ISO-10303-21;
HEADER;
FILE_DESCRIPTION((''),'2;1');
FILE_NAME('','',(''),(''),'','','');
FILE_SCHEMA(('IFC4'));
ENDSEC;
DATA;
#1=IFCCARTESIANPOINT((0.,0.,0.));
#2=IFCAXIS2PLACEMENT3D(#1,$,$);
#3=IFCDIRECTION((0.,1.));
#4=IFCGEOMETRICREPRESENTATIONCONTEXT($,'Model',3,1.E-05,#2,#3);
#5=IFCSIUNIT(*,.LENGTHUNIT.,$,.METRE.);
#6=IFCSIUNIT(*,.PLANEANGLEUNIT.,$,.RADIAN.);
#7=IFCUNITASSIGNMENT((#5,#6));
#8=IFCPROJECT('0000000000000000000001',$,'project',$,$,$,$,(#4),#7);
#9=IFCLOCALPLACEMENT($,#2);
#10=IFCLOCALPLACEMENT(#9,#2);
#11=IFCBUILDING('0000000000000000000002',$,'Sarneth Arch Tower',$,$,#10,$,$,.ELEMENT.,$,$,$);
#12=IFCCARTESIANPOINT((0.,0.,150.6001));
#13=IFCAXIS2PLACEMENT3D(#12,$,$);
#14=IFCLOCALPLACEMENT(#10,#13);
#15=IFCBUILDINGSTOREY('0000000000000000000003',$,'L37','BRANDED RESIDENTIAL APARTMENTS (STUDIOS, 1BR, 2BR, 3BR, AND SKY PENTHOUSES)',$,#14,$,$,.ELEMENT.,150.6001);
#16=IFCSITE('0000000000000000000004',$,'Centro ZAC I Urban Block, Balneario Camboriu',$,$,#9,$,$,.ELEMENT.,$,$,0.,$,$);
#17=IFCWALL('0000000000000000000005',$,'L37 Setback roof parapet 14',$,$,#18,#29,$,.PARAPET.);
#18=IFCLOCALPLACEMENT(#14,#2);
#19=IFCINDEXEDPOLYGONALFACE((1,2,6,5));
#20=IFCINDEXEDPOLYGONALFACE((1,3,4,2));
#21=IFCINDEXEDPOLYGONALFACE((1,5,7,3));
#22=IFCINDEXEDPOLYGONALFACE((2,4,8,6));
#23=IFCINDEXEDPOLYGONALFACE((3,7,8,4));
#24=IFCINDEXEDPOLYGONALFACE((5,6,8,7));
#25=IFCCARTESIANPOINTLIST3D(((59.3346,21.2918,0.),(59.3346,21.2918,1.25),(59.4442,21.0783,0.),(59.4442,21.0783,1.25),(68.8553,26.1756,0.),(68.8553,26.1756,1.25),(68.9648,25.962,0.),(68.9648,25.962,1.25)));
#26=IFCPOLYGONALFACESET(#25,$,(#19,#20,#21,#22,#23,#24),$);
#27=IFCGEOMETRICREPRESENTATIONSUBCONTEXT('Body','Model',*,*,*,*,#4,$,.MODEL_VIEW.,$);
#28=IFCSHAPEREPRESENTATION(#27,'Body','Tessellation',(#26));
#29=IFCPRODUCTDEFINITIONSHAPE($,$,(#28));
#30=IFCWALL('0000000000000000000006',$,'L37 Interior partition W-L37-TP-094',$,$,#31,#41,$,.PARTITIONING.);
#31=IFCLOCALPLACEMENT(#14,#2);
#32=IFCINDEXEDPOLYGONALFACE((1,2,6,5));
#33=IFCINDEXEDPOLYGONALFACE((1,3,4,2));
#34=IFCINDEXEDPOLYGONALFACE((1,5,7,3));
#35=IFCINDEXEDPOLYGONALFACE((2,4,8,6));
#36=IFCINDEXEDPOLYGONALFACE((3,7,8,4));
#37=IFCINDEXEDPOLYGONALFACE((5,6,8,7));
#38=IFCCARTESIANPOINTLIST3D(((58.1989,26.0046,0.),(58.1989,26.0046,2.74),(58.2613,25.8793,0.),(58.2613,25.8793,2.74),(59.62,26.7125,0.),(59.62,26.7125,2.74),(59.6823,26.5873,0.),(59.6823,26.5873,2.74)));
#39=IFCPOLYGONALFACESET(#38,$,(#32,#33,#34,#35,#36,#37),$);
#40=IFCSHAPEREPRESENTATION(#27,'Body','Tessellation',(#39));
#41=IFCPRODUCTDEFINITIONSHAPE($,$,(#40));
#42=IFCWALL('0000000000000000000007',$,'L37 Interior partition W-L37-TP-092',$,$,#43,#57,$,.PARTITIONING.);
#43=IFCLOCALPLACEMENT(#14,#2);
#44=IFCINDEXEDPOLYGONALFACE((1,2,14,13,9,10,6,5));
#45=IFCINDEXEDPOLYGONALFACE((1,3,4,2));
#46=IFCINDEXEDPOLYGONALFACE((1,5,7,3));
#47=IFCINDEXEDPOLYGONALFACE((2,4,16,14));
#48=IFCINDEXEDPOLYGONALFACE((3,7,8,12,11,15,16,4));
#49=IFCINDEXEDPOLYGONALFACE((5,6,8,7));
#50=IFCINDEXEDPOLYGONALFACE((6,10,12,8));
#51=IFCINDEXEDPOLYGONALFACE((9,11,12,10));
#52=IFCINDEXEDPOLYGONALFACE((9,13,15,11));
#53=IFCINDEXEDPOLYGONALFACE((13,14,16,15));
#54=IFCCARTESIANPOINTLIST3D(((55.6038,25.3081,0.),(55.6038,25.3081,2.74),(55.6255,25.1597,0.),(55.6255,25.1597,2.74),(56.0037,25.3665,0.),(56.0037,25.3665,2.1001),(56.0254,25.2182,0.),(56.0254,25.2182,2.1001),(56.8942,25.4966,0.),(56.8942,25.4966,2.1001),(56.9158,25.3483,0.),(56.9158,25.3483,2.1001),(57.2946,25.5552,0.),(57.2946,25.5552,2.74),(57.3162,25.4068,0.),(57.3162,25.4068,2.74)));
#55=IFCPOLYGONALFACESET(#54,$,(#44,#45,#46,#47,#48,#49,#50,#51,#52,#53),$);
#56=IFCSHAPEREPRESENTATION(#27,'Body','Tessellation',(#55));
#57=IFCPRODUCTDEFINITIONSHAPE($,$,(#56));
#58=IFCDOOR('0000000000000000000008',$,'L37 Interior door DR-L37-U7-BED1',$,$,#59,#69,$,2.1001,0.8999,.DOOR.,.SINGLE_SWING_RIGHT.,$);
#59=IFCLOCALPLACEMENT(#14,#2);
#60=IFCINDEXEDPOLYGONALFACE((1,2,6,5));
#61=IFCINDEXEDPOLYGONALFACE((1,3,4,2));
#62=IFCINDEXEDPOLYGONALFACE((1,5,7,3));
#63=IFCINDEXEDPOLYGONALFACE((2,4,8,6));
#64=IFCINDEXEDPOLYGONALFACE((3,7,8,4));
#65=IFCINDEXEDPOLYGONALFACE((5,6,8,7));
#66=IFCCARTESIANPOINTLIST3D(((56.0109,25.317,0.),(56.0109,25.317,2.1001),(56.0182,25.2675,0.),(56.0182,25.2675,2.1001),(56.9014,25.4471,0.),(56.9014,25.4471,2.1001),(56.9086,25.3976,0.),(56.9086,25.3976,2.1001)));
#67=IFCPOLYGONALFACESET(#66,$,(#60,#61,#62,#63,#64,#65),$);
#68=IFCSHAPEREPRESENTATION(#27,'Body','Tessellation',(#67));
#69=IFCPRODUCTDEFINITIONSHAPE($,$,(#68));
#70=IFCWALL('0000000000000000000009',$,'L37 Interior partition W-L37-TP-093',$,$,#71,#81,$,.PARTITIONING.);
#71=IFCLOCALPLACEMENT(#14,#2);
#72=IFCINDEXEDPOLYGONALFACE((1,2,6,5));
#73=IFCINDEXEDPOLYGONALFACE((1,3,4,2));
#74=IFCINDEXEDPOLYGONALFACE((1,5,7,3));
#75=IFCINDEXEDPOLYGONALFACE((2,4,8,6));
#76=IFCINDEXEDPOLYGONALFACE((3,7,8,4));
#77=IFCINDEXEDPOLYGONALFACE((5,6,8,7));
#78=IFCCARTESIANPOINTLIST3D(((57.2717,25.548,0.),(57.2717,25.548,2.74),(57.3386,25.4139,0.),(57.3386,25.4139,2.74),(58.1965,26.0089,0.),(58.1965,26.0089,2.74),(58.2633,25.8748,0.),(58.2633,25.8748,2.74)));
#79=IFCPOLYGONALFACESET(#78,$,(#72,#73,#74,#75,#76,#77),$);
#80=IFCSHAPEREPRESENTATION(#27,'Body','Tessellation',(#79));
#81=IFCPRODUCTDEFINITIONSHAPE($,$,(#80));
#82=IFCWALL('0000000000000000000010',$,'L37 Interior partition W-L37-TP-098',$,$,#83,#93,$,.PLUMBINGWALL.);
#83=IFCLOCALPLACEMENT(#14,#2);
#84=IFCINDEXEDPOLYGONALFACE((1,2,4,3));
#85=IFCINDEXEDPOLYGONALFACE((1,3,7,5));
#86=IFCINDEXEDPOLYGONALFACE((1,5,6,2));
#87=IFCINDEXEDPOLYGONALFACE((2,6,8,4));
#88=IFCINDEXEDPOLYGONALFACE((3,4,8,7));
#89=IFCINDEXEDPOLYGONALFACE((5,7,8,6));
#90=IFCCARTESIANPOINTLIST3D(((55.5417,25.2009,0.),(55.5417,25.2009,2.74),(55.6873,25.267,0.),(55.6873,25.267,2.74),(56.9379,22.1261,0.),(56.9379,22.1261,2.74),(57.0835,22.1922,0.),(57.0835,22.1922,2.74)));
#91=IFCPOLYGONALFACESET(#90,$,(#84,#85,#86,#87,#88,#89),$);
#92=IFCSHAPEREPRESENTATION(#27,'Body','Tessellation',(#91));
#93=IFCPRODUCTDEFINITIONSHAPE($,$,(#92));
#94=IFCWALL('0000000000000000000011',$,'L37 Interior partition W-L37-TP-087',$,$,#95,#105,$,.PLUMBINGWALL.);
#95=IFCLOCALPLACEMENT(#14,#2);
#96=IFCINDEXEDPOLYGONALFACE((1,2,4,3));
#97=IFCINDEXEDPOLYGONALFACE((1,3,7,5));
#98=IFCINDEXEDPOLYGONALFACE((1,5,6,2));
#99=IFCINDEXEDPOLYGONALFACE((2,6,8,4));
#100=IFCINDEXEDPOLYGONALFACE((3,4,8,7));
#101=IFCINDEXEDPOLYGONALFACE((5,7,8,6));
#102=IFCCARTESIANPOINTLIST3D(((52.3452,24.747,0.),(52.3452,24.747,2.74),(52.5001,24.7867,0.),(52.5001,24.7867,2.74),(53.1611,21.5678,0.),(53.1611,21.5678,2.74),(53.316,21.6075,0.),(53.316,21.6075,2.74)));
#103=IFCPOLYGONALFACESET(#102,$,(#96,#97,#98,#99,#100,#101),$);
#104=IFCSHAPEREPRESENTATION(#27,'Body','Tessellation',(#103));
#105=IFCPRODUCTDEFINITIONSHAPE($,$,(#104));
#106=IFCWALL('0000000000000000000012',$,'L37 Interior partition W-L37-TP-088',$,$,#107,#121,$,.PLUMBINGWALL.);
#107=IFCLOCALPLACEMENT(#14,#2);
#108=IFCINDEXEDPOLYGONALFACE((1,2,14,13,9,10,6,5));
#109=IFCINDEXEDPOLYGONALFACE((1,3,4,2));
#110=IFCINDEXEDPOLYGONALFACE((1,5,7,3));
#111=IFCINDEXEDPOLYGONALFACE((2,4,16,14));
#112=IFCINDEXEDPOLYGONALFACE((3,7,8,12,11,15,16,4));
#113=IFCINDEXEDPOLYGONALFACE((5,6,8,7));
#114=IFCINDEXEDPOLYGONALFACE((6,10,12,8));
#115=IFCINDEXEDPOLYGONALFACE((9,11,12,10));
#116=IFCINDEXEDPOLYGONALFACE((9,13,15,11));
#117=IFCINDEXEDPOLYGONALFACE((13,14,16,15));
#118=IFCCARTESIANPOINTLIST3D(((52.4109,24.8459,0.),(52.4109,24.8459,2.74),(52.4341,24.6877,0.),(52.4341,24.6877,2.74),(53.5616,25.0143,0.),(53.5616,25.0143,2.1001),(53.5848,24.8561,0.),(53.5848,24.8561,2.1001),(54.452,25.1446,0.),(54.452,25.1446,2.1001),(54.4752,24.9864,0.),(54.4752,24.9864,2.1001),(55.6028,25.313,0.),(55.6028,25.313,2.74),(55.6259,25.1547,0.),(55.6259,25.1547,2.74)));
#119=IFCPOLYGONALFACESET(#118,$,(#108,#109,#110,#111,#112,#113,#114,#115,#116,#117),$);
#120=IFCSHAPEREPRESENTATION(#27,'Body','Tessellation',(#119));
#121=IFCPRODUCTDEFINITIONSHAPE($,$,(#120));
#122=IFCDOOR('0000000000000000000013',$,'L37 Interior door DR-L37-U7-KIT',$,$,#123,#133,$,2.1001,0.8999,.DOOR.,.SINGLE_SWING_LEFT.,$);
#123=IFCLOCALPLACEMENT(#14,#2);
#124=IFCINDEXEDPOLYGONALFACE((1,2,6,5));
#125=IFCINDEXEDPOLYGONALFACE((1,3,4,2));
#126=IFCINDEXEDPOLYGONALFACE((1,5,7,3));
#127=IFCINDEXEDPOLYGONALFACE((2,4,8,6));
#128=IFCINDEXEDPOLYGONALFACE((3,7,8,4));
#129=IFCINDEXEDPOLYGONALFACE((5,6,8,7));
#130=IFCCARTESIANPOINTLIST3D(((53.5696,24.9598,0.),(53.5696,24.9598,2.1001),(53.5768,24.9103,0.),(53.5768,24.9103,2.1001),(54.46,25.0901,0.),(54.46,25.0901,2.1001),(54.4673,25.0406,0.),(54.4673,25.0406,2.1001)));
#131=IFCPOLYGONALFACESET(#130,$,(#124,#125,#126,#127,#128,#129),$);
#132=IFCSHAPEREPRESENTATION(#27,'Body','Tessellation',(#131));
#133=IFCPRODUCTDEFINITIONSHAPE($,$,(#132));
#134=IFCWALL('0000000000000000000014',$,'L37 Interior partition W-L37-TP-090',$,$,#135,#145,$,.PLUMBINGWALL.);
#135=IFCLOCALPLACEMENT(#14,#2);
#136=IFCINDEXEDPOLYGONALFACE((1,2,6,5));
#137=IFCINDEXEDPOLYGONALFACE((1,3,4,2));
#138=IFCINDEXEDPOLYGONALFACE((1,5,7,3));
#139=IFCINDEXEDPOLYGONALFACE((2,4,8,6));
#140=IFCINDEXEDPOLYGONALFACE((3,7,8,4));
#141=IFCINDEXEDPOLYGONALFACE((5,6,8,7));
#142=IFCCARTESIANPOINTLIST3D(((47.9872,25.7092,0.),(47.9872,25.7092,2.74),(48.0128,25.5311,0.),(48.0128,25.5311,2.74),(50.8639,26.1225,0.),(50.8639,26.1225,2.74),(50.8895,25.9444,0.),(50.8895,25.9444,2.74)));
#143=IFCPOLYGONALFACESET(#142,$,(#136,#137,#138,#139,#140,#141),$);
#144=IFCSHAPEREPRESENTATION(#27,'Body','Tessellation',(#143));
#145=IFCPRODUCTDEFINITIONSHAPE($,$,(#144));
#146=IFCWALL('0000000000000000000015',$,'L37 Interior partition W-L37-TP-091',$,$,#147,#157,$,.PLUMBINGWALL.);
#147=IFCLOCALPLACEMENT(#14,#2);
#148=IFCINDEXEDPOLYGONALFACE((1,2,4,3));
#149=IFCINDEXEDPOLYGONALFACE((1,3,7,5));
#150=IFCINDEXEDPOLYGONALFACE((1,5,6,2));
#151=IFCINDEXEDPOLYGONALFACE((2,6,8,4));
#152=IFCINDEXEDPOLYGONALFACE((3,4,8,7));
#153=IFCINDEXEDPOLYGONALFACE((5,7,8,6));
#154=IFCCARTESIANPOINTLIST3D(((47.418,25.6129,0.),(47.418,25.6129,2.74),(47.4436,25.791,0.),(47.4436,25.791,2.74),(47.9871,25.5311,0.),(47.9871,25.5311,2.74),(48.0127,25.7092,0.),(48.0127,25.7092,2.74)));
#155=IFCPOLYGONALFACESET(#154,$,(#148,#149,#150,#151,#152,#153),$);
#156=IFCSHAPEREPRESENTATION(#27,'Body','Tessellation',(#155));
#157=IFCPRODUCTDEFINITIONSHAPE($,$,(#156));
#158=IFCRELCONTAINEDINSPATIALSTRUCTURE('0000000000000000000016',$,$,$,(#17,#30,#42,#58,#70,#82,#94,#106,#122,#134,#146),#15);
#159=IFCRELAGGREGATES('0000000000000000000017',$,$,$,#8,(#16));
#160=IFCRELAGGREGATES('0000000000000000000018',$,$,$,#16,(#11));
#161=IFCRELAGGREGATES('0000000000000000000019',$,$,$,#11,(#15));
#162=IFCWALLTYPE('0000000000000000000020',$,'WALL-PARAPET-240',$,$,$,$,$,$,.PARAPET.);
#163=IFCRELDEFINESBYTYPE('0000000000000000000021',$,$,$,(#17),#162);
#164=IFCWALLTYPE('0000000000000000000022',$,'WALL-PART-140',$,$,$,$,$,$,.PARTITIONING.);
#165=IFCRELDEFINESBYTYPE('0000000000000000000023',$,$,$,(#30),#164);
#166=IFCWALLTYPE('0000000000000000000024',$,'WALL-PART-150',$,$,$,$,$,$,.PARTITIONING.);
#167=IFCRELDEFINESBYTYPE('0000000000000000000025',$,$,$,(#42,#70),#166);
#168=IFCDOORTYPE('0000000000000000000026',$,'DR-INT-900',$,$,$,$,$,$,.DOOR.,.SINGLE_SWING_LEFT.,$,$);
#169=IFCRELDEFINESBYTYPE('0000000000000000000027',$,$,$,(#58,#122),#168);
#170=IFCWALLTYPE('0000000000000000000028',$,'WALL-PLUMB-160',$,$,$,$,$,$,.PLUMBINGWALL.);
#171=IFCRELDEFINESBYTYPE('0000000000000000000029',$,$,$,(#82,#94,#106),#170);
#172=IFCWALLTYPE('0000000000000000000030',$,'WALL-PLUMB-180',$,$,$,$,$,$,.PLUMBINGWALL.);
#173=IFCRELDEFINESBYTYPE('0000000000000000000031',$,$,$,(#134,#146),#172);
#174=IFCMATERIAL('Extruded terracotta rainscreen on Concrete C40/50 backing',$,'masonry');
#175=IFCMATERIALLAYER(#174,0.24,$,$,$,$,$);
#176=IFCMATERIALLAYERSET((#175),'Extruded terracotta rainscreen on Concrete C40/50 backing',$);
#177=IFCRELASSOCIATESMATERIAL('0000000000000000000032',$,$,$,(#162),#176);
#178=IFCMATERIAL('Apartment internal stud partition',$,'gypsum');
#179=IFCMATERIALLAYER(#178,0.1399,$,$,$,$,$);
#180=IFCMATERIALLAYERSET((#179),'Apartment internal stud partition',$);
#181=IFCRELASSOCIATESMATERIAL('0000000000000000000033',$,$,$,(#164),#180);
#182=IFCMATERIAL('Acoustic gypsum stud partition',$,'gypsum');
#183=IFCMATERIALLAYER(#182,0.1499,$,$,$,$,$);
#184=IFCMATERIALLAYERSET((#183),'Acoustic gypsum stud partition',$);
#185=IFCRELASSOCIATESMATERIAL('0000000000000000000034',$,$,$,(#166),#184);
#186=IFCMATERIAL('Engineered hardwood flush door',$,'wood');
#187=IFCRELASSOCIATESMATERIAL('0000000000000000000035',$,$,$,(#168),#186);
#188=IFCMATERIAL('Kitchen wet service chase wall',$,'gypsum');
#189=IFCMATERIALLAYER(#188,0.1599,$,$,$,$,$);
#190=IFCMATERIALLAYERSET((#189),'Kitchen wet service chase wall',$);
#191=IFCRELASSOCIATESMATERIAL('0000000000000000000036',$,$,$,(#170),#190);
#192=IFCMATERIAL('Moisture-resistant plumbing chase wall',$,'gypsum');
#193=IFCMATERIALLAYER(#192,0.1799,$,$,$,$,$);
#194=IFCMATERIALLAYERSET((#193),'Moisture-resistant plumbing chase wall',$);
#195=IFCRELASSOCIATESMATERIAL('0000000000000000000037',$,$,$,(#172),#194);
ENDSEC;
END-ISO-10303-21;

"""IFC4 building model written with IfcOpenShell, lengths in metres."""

from ifc_helpers import new_model, si_unit, direction, frame, frame_2d, origin, place, context, subcontext, project, spatial, rectangle, extrude, material, layer, layer_set, type_object, element, fill, save


model = new_model("IFC4")

# Units and contexts
model_context = context("Model", 3, precision=1e-05, world=origin(), true_north=direction((0.0, 1.0)))
body_context = subcontext(model_context, "Body", "Model", "MODEL_VIEW")
ifc_project = project(units=[si_unit("LENGTHUNIT", "METRE"), si_unit("PLANEANGLEUNIT", "RADIAN")], contexts=[model_context])

# Site, building, storey
site_placement = place(None, origin())
site = spatial("IfcSite", under=ifc_project, at=site_placement, Name="Centro ZAC I Urban Block, Balneario Camboriu", CompositionType="ELEMENT", RefElevation=0.0)
building_placement = place(site_placement, origin())
building = spatial("IfcBuilding", under=site, at=building_placement, Name="Sarneth Arch Tower", CompositionType="ELEMENT")
storey_placement = place(building_placement, frame((0.0, 0.0, 150.6001)))
storey = spatial("IfcBuildingStorey", under=building, at=storey_placement, Name="L37", Description="BRANDED RESIDENTIAL APARTMENTS (STUDIOS, 1BR, 2BR, 3BR, AND SKY PENTHOUSES)", CompositionType="ELEMENT", Elevation=150.6001)

# Walls
ifc_material_1 = material(Name="Extruded terracotta rainscreen on Concrete C40/50 backing", Category="masonry")
ifc_layer_1 = layer(ifc_material_1, 0.24)
ifc_layer_set_1 = layer_set([ifc_layer_1], Name="Extruded terracotta rainscreen on Concrete C40/50 backing")
wall_type_1 = type_object("IfcWallType", Name="WALL-PARAPET-240", PredefinedType="PARAPET", material=ifc_layer_set_1)
wall_1_placement = place(storey_placement, frame((59.3894, 21.1851, 0.0), z_axis=(0.0, 0.0, 1.0), x_axis=(0.889766, 0.456417, 0.0)))
element("IfcWall", 1, at=wall_1_placement, inside=storey, type_object=wall_type_1, Name="L37 Setback roof parapet 14", PredefinedType="PARAPET", context=body_context, shape_type="SweptSolid", body=[
    extrude(rectangle(XDim=10.7002, YDim=0.24, at=frame_2d((5.3501, 0.0))), origin(), (0.0, 0.0, 1.0), 1.25),
])
ifc_material_2 = material(Name="Apartment internal stud partition", Category="gypsum")
ifc_layer_2 = layer(ifc_material_2, 0.1399)
ifc_layer_set_2 = layer_set([ifc_layer_2], Name="Apartment internal stud partition")
wall_type_2 = type_object("IfcWallType", Name="WALL-PART-140", PredefinedType="PARTITIONING", material=ifc_layer_set_2)
wall_2_placement = place(storey_placement, frame((58.23, 25.9419, 0.0), z_axis=(0.0, 0.0, 1.0), x_axis=(0.895072, 0.445921, 0.0)))
element("IfcWall", 2, at=wall_2_placement, inside=storey, type_object=wall_type_2, Name="L37 Interior partition W-L37-TP-094", PredefinedType="PARTITIONING", context=body_context, shape_type="SweptSolid", body=[
    extrude(rectangle(XDim=1.5876, YDim=0.1399, at=frame_2d((0.7939, 0.0))), origin(), (0.0, 0.0, 1.0), 2.74),
])

# Wall, opening, door
ifc_material_3 = material(Name="Acoustic gypsum stud partition", Category="gypsum")
ifc_layer_3 = layer(ifc_material_3, 0.1499)
ifc_layer_set_3 = layer_set([ifc_layer_3], Name="Acoustic gypsum stud partition")
wall_type_3 = type_object("IfcWallType", Name="WALL-PART-150", PredefinedType="PARTITIONING", material=ifc_layer_set_3)
wall_3_placement = place(storey_placement, frame((55.6145, 25.2339, 0.0), z_axis=(0.0, 0.0, 1.0), x_axis=(0.98949, 0.144601, 0.0)))
wall_3 = element("IfcWall", 3, at=wall_3_placement, inside=storey, type_object=wall_type_3, Name="L37 Interior partition W-L37-TP-092", PredefinedType="PARTITIONING", context=body_context, shape_type="SweptSolid", body=[
    extrude(rectangle(XDim=1.7087, YDim=0.1499, at=frame_2d((0.8545, 0.0))), origin(), (0.0, 0.0, 1.0), 2.74),
])
opening_1_placement = place(wall_3_placement, frame((0.4043, 0.0, 0.0)))
opening_1 = element("IfcOpeningElement", 4, at=opening_1_placement, cuts=wall_3, PredefinedType="OPENING", context=body_context, shape_type="SweptSolid", body=[
    extrude(rectangle(XDim=0.8999, YDim=2.1001, at=frame_2d((0.45, 1.05))), frame((0.0, 0.085, 0.0), z_axis=(0.0, -1.0, 0.0), x_axis=(1.0, 0.0, 0.0)), (0.0, 0.0, 1.0), 0.1699),
])
ifc_material_4 = material(Name="Engineered hardwood flush door", Category="wood")
door_type_1 = type_object("IfcDoorType", Name="DR-INT-900", OperationType="SINGLE_SWING_LEFT", PredefinedType="DOOR", material=ifc_material_4)
door_1_placement = place(opening_1_placement, origin())
door_1 = element("IfcDoor", 5, at=door_1_placement, inside=storey, type_object=door_type_1, Name="L37 Interior door DR-L37-U7-BED1", OperationType="SINGLE_SWING_RIGHT", OverallHeight=2.1001, OverallWidth=0.8999, PredefinedType="DOOR", context=body_context, shape_type="SweptSolid", body=[
    extrude(rectangle(XDim=0.8999, YDim=2.1001, at=frame_2d((0.45, 1.05))), frame((0.0, 0.0249, 0.0), z_axis=(0.0, -1.0, 0.0), x_axis=(1.0, 0.0, 0.0)), (0.0, 0.0, 1.0), 0.05),
])
fill(opening_1, door_1)

# Walls
wall_4_placement = place(storey_placement, frame((57.3052, 25.481, 0.0), z_axis=(0.0, 0.0, 1.0), x_axis=(0.894994, 0.446079, 0.0)))
element("IfcWall", 6, at=wall_4_placement, inside=storey, type_object=wall_type_3, Name="L37 Interior partition W-L37-TP-093", PredefinedType="PARTITIONING", context=body_context, shape_type="SweptSolid", body=[
    extrude(rectangle(XDim=1.0332, YDim=0.1499, at=frame_2d((0.5166, 0.0))), origin(), (0.0, 0.0, 1.0), 2.74),
])
ifc_material_5 = material(Name="Kitchen wet service chase wall", Category="gypsum")
ifc_layer_4 = layer(ifc_material_5, 0.1599)
ifc_layer_set_4 = layer_set([ifc_layer_4], Name="Kitchen wet service chase wall")
wall_type_4 = type_object("IfcWallType", Name="WALL-PLUMB-160", PredefinedType="PLUMBINGWALL", material=ifc_layer_set_4)
wall_5_placement = place(storey_placement, frame((57.0107, 22.1592, 0.0), z_axis=(0.0, 0.0, 1.0), x_axis=(-0.413471, 0.910517, 0.0)))
element("IfcWall", 7, at=wall_5_placement, inside=storey, type_object=wall_type_4, Name="L37 Interior partition W-L37-TP-098", PredefinedType="PLUMBINGWALL", context=body_context, shape_type="SweptSolid", body=[
    extrude(rectangle(XDim=3.377, YDim=0.1599, at=frame_2d((1.6885, 0.0))), origin(), (0.0, 0.0, 1.0), 2.74),
])
wall_6_placement = place(storey_placement, frame((53.2385, 21.5876, 0.0), z_axis=(0.0, 0.0, 1.0), x_axis=(-0.248587, 0.96861, 0.0)))
element("IfcWall", 8, at=wall_6_placement, inside=storey, type_object=wall_type_4, Name="L37 Interior partition W-L37-TP-087", PredefinedType="PLUMBINGWALL", context=body_context, shape_type="SweptSolid", body=[
    extrude(rectangle(XDim=3.2822, YDim=0.1599, at=frame_2d((1.6411, 0.0))), origin(), (0.0, 0.0, 1.0), 2.74),
])

# Wall, opening, door
wall_7_placement = place(storey_placement, frame((52.4226, 24.7668, 0.0), z_axis=(0.0, 0.0, 1.0), x_axis=(0.989464, 0.144779, 0.0)))
wall_7 = element("IfcWall", 9, at=wall_7_placement, inside=storey, type_object=wall_type_4, Name="L37 Interior partition W-L37-TP-088", PredefinedType="PLUMBINGWALL", context=body_context, shape_type="SweptSolid", body=[
    extrude(rectangle(XDim=3.2258, YDim=0.1599, at=frame_2d((1.6128, 0.0))), origin(), (0.0, 0.0, 1.0), 2.74),
])
opening_2_placement = place(wall_7_placement, frame((1.1628, 0.0, 0.0)))
opening_2 = element("IfcOpeningElement", 10, at=opening_2_placement, cuts=wall_7, PredefinedType="OPENING", context=body_context, shape_type="SweptSolid", body=[
    extrude(rectangle(XDim=0.8999, YDim=2.1001, at=frame_2d((0.45, 1.05))), frame((0.0, 0.0898, 0.0), z_axis=(0.0, -1.0, 0.0), x_axis=(1.0, 0.0, 0.0)), (0.0, 0.0, 1.0), 0.1799),
])
door_2_placement = place(opening_2_placement, origin())
door_2 = element("IfcDoor", 11, at=door_2_placement, inside=storey, type_object=door_type_1, Name="L37 Interior door DR-L37-U7-KIT", OperationType="SINGLE_SWING_LEFT", OverallHeight=2.1001, OverallWidth=0.8999, PredefinedType="DOOR", context=body_context, shape_type="SweptSolid", body=[
    extrude(rectangle(XDim=0.8999, YDim=2.1001, at=frame_2d((0.45, 1.05))), frame((0.0, 0.0249, 0.0), z_axis=(0.0, -1.0, 0.0), x_axis=(1.0, 0.0, 0.0)), (0.0, 0.0, 1.0), 0.05),
])
fill(opening_2, door_2)

# Walls
ifc_material_6 = material(Name="Moisture-resistant plumbing chase wall", Category="gypsum")
ifc_layer_5 = layer(ifc_material_6, 0.1799)
ifc_layer_set_5 = layer_set([ifc_layer_5], Name="Moisture-resistant plumbing chase wall")
wall_type_5 = type_object("IfcWallType", Name="WALL-PLUMB-180", PredefinedType="PLUMBINGWALL", material=ifc_layer_set_5)
wall_8_placement = place(storey_placement, frame((50.8767, 26.0334, 0.0), z_axis=(0.0, 0.0, 1.0), x_axis=(-0.989835, -0.142221, 0.0)))
element("IfcWall", 12, at=wall_8_placement, inside=storey, type_object=wall_type_5, Name="L37 Interior partition W-L37-TP-090", PredefinedType="PLUMBINGWALL", context=body_context, shape_type="SweptSolid", body=[
    extrude(rectangle(XDim=2.9062, YDim=0.1799, at=frame_2d((1.4531, 0.0))), origin(), (0.0, 0.0, 1.0), 2.74),
])
wall_9_placement = place(storey_placement, frame((48.0, 25.6201, 0.0), z_axis=(0.0, 0.0, 1.0), x_axis=(-0.98983, 0.142254, 0.0)))
element("IfcWall", 13, at=wall_9_placement, inside=storey, type_object=wall_type_5, Name="L37 Interior partition W-L37-TP-091", PredefinedType="PLUMBINGWALL", context=body_context, shape_type="SweptSolid", body=[
    extrude(rectangle(XDim=0.575, YDim=0.1799, at=frame_2d((0.2876, 0.0))), origin(), (0.0, 0.0, 1.0), 2.74),
])

save(model, "model.ifc")
